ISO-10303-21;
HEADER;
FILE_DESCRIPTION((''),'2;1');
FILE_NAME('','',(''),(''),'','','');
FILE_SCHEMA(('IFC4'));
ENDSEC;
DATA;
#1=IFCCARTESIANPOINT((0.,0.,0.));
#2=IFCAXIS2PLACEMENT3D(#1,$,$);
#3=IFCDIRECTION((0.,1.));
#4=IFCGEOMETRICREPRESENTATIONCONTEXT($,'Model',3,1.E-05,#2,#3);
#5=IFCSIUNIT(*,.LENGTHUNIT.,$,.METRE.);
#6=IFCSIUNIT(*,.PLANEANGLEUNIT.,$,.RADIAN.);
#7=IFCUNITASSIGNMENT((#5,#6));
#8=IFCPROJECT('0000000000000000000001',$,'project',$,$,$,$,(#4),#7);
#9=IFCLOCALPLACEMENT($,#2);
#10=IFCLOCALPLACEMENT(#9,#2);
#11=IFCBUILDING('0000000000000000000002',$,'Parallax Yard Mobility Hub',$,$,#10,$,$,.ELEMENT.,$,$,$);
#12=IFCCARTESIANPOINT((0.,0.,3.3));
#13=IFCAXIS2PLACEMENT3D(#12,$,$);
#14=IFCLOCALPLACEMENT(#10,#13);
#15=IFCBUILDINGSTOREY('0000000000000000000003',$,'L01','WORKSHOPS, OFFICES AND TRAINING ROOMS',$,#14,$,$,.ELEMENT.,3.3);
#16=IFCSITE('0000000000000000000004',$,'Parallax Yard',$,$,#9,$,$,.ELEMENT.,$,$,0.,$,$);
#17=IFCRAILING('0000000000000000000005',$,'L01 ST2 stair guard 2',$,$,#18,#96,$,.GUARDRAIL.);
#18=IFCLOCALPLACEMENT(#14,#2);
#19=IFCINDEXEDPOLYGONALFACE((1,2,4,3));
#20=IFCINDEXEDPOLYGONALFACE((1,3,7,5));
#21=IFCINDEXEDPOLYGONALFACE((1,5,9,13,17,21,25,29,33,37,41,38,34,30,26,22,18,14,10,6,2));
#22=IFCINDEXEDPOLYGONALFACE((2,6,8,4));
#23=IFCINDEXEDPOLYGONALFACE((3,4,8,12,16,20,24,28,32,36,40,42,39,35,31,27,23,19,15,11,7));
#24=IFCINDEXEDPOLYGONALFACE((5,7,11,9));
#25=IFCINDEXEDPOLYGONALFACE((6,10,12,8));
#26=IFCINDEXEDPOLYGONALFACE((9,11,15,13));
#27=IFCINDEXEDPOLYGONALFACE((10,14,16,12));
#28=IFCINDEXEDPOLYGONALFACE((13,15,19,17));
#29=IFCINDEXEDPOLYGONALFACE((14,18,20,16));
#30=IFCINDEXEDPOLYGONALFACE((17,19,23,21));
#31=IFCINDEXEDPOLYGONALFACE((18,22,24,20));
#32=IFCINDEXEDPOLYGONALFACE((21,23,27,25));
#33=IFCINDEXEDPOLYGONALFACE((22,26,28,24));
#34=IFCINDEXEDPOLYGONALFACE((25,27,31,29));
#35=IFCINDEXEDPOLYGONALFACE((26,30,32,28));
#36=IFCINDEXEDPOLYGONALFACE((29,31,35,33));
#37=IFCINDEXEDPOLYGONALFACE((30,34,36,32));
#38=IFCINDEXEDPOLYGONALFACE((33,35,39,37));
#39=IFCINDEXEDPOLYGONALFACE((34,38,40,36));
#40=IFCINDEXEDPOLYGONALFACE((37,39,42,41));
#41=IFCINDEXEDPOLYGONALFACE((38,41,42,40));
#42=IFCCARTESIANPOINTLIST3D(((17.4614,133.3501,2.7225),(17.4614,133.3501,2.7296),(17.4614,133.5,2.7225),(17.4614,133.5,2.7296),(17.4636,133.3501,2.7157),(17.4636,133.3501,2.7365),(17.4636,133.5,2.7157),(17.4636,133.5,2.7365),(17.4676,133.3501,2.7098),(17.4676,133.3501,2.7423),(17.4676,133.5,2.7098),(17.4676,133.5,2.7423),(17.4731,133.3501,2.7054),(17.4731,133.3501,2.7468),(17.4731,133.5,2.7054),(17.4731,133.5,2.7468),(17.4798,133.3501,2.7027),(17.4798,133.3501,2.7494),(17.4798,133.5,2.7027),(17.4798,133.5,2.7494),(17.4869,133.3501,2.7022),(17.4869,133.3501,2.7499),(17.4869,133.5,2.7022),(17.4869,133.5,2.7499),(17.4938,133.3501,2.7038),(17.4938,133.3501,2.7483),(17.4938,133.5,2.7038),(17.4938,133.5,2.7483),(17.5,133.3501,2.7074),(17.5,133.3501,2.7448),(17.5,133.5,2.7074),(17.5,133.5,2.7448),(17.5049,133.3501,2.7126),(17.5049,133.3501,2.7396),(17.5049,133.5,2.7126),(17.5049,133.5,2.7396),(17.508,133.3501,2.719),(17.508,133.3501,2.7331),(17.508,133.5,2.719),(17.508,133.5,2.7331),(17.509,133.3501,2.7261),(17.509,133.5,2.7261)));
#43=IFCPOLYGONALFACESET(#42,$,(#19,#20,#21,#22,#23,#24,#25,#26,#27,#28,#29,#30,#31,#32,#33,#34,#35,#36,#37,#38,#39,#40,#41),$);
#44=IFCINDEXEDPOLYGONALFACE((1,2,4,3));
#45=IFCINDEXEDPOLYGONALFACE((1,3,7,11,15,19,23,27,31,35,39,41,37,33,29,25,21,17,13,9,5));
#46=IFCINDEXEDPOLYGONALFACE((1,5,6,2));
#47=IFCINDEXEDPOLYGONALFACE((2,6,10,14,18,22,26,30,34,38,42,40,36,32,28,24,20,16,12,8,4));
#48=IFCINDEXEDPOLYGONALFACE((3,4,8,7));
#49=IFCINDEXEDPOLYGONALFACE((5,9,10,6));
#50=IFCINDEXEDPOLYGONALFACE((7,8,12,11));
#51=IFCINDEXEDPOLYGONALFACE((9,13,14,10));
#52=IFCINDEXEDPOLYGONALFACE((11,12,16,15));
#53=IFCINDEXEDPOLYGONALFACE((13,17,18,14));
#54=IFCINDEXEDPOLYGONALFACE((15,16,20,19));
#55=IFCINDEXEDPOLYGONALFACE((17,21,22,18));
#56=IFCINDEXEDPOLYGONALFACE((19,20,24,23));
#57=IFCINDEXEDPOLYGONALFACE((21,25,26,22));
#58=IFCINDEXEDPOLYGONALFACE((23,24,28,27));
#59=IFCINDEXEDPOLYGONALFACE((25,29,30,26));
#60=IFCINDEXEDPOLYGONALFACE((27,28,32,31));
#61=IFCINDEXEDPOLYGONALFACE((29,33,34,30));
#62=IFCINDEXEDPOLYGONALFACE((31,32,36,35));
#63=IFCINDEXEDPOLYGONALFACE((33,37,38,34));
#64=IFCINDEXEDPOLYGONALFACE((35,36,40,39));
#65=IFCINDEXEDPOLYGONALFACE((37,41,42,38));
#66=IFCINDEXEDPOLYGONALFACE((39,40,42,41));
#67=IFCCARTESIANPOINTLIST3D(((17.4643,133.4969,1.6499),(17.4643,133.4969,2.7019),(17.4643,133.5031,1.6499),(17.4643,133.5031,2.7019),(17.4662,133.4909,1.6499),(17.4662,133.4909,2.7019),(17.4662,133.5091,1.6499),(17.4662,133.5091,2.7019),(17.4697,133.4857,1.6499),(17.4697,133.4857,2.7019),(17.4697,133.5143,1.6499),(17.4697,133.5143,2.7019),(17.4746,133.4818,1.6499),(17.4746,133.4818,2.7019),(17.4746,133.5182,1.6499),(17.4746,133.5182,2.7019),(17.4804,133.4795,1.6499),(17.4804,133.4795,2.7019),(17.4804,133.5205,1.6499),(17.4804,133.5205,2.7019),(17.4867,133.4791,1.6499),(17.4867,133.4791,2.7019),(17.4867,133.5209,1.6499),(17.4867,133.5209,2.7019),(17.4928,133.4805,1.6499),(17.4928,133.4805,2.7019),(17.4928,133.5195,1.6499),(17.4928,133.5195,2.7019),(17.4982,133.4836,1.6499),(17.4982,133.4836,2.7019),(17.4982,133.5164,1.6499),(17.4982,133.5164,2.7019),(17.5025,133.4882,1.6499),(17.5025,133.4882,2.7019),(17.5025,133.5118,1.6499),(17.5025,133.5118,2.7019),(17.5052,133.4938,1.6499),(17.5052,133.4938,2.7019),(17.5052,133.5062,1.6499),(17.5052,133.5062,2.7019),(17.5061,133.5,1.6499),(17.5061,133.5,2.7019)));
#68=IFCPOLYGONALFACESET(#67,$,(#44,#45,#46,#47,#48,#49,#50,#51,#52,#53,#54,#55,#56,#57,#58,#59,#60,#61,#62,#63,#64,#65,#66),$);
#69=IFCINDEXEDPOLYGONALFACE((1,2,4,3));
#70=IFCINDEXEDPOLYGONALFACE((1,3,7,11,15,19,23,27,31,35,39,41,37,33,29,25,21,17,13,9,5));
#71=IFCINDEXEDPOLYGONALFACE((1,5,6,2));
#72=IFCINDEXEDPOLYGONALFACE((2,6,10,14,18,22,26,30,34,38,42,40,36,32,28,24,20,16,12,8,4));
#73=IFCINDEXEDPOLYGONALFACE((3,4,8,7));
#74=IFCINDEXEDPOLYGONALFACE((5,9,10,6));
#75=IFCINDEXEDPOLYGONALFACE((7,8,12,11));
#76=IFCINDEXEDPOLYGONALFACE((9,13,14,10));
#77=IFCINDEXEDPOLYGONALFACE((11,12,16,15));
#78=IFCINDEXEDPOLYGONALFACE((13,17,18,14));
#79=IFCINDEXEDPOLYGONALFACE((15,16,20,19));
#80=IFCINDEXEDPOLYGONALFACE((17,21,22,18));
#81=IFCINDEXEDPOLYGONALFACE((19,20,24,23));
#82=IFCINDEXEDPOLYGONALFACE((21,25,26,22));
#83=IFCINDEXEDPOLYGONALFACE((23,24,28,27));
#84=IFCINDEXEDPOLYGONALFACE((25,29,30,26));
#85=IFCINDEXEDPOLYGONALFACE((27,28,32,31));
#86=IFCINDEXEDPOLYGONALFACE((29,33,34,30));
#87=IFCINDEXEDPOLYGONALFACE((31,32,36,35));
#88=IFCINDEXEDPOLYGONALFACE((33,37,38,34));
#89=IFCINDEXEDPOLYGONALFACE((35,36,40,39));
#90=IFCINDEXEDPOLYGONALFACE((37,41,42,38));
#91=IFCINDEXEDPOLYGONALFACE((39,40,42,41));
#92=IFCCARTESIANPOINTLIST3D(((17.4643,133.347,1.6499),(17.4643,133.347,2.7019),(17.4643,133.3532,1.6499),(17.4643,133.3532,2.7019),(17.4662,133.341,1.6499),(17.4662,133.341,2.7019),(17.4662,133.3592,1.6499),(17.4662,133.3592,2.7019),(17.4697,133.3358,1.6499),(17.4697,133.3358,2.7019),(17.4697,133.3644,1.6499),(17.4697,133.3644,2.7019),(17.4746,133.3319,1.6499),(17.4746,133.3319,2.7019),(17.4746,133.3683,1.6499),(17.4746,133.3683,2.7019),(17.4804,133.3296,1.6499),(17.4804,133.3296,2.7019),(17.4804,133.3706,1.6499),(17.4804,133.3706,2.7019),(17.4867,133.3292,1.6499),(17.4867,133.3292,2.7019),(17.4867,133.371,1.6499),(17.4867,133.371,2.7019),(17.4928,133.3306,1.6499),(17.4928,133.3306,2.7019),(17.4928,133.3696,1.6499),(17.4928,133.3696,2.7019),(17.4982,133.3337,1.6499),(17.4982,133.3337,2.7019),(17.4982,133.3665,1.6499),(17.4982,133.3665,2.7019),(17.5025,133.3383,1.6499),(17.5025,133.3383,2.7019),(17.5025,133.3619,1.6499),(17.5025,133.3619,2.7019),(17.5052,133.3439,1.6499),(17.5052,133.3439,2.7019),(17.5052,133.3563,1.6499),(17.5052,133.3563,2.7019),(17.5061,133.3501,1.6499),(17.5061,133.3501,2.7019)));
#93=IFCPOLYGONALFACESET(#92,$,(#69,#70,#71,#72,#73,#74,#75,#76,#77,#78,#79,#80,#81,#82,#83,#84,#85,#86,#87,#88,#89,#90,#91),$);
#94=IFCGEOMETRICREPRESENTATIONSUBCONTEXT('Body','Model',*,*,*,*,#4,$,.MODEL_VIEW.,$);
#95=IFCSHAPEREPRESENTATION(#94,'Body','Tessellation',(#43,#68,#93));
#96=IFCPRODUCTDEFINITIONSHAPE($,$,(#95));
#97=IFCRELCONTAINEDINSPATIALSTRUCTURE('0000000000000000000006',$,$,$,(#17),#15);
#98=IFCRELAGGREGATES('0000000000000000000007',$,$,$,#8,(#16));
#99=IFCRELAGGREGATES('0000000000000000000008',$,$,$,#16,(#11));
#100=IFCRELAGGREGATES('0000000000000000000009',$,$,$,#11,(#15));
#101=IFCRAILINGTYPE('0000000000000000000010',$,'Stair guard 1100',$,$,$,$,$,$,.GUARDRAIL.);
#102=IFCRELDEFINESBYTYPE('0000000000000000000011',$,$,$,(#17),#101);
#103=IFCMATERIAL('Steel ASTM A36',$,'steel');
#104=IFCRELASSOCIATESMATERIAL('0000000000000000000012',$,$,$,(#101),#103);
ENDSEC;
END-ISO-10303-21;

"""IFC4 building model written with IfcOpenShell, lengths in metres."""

from ifc_helpers import new_model, si_unit, direction, frame, origin, origin_2d, place, context, subcontext, project, spatial, circle, extrude, material, type_object, element, save


model = new_model("IFC4")

# Units and contexts
model_context = context("Model", 3, precision=1e-05, world=origin(), true_north=direction((0.0, 1.0)))
body_context = subcontext(model_context, "Body", "Model", "MODEL_VIEW")
ifc_project = project(units=[si_unit("LENGTHUNIT", "METRE"), si_unit("PLANEANGLEUNIT", "RADIAN")], contexts=[model_context])

# Site, building, storey
site_placement = place(None, origin())
site = spatial("IfcSite", under=ifc_project, at=site_placement, Name="Parallax Yard", CompositionType="ELEMENT", RefElevation=0.0)
building_placement = place(site_placement, origin())
building = spatial("IfcBuilding", under=site, at=building_placement, Name="Parallax Yard Mobility Hub", CompositionType="ELEMENT")
storey_placement = place(building_placement, frame((0.0, 0.0, 3.3)))
storey = spatial("IfcBuildingStorey", under=building, at=storey_placement, Name="L01", Description="WORKSHOPS, OFFICES AND TRAINING ROOMS", CompositionType="ELEMENT", Elevation=3.3)

# Railing
ifc_material_1 = material(Name="Steel ASTM A36", Category="steel")
railing_type_1 = type_object("IfcRailingType", Name="Stair guard 1100", PredefinedType="GUARDRAIL", material=ifc_material_1)
railing_1_placement = place(storey_placement, frame((17.4851, 133.5, 1.6499)))
element("IfcRailing", 1, at=railing_1_placement, inside=storey, type_object=railing_type_1, Name="L01 ST2 stair guard 2", PredefinedType="GUARDRAIL", context=body_context, shape_type="SweptSolid", body=[
    extrude(circle(Radius=0.0239, at=origin_2d()), frame((0.0, 0.0, 1.0762), z_axis=(0.0, -1.0, 0.0), x_axis=(1.0, 0.0, 0.0)), (0.0, 0.0, 1.0), 0.1499),
    extrude(circle(Radius=0.021, at=origin_2d()), origin(), (0.0, 0.0, 1.0), 1.052),
    extrude(circle(Radius=0.021, at=origin_2d()), frame((0.0, -0.1499, 0.0)), (0.0, 0.0, 1.0), 1.052),
])

save(model, "model.ifc")
